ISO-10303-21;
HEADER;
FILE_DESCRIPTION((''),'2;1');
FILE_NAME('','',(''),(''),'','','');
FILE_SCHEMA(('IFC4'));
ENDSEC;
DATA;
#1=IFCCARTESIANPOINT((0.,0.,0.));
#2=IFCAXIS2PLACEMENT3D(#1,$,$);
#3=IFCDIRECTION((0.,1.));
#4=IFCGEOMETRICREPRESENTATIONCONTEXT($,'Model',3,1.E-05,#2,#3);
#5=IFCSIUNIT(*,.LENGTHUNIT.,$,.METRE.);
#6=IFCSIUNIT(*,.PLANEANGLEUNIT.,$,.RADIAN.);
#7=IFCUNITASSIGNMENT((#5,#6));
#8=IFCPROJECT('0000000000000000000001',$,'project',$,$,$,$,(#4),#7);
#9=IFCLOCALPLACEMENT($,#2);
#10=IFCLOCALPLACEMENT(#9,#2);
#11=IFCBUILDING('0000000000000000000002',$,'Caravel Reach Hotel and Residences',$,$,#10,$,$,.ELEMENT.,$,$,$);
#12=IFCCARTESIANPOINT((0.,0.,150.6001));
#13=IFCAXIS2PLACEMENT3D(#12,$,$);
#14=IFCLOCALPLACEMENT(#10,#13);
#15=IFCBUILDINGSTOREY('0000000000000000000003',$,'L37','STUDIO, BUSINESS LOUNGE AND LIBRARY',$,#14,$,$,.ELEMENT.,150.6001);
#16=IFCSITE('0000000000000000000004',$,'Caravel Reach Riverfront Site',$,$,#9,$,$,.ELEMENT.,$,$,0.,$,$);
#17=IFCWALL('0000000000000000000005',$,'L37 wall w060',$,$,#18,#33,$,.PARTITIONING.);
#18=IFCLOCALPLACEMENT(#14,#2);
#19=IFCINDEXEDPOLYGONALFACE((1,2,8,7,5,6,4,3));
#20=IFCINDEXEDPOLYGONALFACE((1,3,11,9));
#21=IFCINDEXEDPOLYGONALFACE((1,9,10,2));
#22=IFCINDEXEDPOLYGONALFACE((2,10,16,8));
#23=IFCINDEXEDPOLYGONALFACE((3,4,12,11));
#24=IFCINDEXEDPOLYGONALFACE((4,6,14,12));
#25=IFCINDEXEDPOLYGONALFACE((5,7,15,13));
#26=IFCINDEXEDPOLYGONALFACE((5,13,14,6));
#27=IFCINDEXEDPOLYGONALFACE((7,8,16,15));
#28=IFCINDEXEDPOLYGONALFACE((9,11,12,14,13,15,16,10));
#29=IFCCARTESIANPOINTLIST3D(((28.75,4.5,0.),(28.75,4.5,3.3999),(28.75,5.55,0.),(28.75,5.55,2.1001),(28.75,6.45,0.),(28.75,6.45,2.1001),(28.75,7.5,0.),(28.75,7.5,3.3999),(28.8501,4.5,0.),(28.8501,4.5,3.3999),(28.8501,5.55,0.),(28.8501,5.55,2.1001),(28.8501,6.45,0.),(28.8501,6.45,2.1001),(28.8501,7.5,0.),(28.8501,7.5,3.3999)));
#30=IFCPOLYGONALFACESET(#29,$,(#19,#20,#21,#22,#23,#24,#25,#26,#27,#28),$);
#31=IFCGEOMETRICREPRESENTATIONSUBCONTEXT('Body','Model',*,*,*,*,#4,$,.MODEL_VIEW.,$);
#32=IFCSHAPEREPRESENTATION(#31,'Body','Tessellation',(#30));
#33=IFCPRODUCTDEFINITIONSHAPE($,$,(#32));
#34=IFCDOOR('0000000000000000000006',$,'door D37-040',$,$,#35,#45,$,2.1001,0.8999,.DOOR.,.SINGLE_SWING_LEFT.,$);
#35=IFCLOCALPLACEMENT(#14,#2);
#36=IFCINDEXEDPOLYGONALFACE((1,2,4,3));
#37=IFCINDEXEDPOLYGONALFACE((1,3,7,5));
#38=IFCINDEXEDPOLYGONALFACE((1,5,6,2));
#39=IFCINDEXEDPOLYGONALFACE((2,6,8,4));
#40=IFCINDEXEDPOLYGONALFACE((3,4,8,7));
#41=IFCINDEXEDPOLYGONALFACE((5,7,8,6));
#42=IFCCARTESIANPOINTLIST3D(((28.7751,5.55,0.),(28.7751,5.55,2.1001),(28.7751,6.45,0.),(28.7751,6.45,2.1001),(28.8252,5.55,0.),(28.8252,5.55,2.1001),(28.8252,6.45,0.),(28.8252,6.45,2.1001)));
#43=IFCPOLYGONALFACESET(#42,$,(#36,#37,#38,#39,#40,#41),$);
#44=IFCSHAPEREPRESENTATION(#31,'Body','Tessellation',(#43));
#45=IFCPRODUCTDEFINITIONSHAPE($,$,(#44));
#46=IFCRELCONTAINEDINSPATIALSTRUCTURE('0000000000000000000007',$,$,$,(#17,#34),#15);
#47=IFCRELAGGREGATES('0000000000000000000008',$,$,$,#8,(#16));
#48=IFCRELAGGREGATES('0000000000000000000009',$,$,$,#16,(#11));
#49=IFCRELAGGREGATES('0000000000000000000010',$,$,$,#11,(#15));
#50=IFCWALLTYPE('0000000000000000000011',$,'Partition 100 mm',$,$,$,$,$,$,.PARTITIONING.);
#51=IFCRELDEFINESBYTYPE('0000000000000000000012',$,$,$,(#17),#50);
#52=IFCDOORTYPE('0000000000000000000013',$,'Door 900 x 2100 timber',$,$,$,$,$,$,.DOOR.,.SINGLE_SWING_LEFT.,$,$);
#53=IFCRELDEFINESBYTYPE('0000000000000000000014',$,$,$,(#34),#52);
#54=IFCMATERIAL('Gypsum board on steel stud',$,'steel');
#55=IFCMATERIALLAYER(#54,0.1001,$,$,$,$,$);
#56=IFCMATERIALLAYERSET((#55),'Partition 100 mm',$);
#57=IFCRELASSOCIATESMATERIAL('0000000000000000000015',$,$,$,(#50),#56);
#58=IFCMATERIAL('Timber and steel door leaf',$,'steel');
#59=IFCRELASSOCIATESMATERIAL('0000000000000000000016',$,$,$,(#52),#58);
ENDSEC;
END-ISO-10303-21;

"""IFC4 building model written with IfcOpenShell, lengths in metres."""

from ifc_helpers import new_model, si_unit, direction, frame, frame_2d, origin, place, context, subcontext, project, spatial, rectangle, extrude, material, layer, layer_set, type_object, element, fill, save


model = new_model("IFC4")

# Units and contexts
model_context = context("Model", 3, precision=1e-05, world=origin(), true_north=direction((0.0, 1.0)))
body_context = subcontext(model_context, "Body", "Model", "MODEL_VIEW")
ifc_project = project(units=[si_unit("LENGTHUNIT", "METRE"), si_unit("PLANEANGLEUNIT", "RADIAN")], contexts=[model_context])

# Site, building, storey
site_placement = place(None, origin())
site = spatial("IfcSite", under=ifc_project, at=site_placement, Name="Caravel Reach Riverfront Site", CompositionType="ELEMENT", RefElevation=0.0)
building_placement = place(site_placement, origin())
building = spatial("IfcBuilding", under=site, at=building_placement, Name="Caravel Reach Hotel and Residences", CompositionType="ELEMENT")
storey_placement = place(building_placement, frame((0.0, 0.0, 150.6001)))
storey = spatial("IfcBuildingStorey", under=building, at=storey_placement, Name="L37", Description="STUDIO, BUSINESS LOUNGE AND LIBRARY", CompositionType="ELEMENT", Elevation=150.6001)

# Shared definitions
ifc_material_1 = material(Name="Gypsum board on steel stud", Category="steel")
ifc_layer_1 = layer(ifc_material_1, 0.1001)
ifc_layer_set_1 = layer_set([ifc_layer_1], Name="Partition 100 mm")
wall_type_1 = type_object("IfcWallType", Name="Partition 100 mm", PredefinedType="PARTITIONING", material=ifc_layer_set_1)

# Wall, opening, door
wall_1_placement = place(storey_placement, frame((28.8, 4.5, 0.0), z_axis=(0.0, 0.0, 1.0), x_axis=(0.0, 1.0, 0.0)))
wall_1 = element("IfcWall", 1, at=wall_1_placement, inside=storey, type_object=wall_type_1, Name="L37 wall w060", PredefinedType="PARTITIONING", context=body_context, shape_type="SweptSolid", body=[
    extrude(rectangle(XDim=3.0, YDim=0.1001, at=frame_2d((1.5, 0.0))), origin(), (0.0, 0.0, 1.0), 3.3999),
])
opening_1_placement = place(wall_1_placement, frame((1.05, 0.0, 0.0)))
opening_1 = element("IfcOpeningElement", 2, at=opening_1_placement, cuts=wall_1, PredefinedType="OPENING", context=body_context, shape_type="SweptSolid", body=[
    extrude(rectangle(XDim=0.8999, YDim=2.1001, at=frame_2d((0.45, 1.05))), frame((0.0, 0.0601, 0.0), z_axis=(0.0, -1.0, 0.0), x_axis=(1.0, 0.0, 0.0)), (0.0, 0.0, 1.0), 0.1201),
])
ifc_material_2 = material(Name="Timber and steel door leaf", Category="steel")
door_type = type_object("IfcDoorType", Name="Door 900 x 2100 timber", OperationType="SINGLE_SWING_LEFT", PredefinedType="DOOR", material=ifc_material_2)
door_placement = place(opening_1_placement, origin())
door = element("IfcDoor", 3, at=door_placement, inside=storey, type_object=door_type, Name="door D37-040", OperationType="SINGLE_SWING_LEFT", OverallHeight=2.1001, OverallWidth=0.8999, PredefinedType="DOOR", context=body_context, shape_type="SweptSolid", body=[
    extrude(rectangle(XDim=0.8999, YDim=2.1001, at=frame_2d((0.45, 1.05))), frame((0.0, 0.0249, 0.0), z_axis=(0.0, -1.0, 0.0), x_axis=(1.0, 0.0, 0.0)), (0.0, 0.0, 1.0), 0.05),
])
fill(opening_1, door)

save(model, "model.ifc")
